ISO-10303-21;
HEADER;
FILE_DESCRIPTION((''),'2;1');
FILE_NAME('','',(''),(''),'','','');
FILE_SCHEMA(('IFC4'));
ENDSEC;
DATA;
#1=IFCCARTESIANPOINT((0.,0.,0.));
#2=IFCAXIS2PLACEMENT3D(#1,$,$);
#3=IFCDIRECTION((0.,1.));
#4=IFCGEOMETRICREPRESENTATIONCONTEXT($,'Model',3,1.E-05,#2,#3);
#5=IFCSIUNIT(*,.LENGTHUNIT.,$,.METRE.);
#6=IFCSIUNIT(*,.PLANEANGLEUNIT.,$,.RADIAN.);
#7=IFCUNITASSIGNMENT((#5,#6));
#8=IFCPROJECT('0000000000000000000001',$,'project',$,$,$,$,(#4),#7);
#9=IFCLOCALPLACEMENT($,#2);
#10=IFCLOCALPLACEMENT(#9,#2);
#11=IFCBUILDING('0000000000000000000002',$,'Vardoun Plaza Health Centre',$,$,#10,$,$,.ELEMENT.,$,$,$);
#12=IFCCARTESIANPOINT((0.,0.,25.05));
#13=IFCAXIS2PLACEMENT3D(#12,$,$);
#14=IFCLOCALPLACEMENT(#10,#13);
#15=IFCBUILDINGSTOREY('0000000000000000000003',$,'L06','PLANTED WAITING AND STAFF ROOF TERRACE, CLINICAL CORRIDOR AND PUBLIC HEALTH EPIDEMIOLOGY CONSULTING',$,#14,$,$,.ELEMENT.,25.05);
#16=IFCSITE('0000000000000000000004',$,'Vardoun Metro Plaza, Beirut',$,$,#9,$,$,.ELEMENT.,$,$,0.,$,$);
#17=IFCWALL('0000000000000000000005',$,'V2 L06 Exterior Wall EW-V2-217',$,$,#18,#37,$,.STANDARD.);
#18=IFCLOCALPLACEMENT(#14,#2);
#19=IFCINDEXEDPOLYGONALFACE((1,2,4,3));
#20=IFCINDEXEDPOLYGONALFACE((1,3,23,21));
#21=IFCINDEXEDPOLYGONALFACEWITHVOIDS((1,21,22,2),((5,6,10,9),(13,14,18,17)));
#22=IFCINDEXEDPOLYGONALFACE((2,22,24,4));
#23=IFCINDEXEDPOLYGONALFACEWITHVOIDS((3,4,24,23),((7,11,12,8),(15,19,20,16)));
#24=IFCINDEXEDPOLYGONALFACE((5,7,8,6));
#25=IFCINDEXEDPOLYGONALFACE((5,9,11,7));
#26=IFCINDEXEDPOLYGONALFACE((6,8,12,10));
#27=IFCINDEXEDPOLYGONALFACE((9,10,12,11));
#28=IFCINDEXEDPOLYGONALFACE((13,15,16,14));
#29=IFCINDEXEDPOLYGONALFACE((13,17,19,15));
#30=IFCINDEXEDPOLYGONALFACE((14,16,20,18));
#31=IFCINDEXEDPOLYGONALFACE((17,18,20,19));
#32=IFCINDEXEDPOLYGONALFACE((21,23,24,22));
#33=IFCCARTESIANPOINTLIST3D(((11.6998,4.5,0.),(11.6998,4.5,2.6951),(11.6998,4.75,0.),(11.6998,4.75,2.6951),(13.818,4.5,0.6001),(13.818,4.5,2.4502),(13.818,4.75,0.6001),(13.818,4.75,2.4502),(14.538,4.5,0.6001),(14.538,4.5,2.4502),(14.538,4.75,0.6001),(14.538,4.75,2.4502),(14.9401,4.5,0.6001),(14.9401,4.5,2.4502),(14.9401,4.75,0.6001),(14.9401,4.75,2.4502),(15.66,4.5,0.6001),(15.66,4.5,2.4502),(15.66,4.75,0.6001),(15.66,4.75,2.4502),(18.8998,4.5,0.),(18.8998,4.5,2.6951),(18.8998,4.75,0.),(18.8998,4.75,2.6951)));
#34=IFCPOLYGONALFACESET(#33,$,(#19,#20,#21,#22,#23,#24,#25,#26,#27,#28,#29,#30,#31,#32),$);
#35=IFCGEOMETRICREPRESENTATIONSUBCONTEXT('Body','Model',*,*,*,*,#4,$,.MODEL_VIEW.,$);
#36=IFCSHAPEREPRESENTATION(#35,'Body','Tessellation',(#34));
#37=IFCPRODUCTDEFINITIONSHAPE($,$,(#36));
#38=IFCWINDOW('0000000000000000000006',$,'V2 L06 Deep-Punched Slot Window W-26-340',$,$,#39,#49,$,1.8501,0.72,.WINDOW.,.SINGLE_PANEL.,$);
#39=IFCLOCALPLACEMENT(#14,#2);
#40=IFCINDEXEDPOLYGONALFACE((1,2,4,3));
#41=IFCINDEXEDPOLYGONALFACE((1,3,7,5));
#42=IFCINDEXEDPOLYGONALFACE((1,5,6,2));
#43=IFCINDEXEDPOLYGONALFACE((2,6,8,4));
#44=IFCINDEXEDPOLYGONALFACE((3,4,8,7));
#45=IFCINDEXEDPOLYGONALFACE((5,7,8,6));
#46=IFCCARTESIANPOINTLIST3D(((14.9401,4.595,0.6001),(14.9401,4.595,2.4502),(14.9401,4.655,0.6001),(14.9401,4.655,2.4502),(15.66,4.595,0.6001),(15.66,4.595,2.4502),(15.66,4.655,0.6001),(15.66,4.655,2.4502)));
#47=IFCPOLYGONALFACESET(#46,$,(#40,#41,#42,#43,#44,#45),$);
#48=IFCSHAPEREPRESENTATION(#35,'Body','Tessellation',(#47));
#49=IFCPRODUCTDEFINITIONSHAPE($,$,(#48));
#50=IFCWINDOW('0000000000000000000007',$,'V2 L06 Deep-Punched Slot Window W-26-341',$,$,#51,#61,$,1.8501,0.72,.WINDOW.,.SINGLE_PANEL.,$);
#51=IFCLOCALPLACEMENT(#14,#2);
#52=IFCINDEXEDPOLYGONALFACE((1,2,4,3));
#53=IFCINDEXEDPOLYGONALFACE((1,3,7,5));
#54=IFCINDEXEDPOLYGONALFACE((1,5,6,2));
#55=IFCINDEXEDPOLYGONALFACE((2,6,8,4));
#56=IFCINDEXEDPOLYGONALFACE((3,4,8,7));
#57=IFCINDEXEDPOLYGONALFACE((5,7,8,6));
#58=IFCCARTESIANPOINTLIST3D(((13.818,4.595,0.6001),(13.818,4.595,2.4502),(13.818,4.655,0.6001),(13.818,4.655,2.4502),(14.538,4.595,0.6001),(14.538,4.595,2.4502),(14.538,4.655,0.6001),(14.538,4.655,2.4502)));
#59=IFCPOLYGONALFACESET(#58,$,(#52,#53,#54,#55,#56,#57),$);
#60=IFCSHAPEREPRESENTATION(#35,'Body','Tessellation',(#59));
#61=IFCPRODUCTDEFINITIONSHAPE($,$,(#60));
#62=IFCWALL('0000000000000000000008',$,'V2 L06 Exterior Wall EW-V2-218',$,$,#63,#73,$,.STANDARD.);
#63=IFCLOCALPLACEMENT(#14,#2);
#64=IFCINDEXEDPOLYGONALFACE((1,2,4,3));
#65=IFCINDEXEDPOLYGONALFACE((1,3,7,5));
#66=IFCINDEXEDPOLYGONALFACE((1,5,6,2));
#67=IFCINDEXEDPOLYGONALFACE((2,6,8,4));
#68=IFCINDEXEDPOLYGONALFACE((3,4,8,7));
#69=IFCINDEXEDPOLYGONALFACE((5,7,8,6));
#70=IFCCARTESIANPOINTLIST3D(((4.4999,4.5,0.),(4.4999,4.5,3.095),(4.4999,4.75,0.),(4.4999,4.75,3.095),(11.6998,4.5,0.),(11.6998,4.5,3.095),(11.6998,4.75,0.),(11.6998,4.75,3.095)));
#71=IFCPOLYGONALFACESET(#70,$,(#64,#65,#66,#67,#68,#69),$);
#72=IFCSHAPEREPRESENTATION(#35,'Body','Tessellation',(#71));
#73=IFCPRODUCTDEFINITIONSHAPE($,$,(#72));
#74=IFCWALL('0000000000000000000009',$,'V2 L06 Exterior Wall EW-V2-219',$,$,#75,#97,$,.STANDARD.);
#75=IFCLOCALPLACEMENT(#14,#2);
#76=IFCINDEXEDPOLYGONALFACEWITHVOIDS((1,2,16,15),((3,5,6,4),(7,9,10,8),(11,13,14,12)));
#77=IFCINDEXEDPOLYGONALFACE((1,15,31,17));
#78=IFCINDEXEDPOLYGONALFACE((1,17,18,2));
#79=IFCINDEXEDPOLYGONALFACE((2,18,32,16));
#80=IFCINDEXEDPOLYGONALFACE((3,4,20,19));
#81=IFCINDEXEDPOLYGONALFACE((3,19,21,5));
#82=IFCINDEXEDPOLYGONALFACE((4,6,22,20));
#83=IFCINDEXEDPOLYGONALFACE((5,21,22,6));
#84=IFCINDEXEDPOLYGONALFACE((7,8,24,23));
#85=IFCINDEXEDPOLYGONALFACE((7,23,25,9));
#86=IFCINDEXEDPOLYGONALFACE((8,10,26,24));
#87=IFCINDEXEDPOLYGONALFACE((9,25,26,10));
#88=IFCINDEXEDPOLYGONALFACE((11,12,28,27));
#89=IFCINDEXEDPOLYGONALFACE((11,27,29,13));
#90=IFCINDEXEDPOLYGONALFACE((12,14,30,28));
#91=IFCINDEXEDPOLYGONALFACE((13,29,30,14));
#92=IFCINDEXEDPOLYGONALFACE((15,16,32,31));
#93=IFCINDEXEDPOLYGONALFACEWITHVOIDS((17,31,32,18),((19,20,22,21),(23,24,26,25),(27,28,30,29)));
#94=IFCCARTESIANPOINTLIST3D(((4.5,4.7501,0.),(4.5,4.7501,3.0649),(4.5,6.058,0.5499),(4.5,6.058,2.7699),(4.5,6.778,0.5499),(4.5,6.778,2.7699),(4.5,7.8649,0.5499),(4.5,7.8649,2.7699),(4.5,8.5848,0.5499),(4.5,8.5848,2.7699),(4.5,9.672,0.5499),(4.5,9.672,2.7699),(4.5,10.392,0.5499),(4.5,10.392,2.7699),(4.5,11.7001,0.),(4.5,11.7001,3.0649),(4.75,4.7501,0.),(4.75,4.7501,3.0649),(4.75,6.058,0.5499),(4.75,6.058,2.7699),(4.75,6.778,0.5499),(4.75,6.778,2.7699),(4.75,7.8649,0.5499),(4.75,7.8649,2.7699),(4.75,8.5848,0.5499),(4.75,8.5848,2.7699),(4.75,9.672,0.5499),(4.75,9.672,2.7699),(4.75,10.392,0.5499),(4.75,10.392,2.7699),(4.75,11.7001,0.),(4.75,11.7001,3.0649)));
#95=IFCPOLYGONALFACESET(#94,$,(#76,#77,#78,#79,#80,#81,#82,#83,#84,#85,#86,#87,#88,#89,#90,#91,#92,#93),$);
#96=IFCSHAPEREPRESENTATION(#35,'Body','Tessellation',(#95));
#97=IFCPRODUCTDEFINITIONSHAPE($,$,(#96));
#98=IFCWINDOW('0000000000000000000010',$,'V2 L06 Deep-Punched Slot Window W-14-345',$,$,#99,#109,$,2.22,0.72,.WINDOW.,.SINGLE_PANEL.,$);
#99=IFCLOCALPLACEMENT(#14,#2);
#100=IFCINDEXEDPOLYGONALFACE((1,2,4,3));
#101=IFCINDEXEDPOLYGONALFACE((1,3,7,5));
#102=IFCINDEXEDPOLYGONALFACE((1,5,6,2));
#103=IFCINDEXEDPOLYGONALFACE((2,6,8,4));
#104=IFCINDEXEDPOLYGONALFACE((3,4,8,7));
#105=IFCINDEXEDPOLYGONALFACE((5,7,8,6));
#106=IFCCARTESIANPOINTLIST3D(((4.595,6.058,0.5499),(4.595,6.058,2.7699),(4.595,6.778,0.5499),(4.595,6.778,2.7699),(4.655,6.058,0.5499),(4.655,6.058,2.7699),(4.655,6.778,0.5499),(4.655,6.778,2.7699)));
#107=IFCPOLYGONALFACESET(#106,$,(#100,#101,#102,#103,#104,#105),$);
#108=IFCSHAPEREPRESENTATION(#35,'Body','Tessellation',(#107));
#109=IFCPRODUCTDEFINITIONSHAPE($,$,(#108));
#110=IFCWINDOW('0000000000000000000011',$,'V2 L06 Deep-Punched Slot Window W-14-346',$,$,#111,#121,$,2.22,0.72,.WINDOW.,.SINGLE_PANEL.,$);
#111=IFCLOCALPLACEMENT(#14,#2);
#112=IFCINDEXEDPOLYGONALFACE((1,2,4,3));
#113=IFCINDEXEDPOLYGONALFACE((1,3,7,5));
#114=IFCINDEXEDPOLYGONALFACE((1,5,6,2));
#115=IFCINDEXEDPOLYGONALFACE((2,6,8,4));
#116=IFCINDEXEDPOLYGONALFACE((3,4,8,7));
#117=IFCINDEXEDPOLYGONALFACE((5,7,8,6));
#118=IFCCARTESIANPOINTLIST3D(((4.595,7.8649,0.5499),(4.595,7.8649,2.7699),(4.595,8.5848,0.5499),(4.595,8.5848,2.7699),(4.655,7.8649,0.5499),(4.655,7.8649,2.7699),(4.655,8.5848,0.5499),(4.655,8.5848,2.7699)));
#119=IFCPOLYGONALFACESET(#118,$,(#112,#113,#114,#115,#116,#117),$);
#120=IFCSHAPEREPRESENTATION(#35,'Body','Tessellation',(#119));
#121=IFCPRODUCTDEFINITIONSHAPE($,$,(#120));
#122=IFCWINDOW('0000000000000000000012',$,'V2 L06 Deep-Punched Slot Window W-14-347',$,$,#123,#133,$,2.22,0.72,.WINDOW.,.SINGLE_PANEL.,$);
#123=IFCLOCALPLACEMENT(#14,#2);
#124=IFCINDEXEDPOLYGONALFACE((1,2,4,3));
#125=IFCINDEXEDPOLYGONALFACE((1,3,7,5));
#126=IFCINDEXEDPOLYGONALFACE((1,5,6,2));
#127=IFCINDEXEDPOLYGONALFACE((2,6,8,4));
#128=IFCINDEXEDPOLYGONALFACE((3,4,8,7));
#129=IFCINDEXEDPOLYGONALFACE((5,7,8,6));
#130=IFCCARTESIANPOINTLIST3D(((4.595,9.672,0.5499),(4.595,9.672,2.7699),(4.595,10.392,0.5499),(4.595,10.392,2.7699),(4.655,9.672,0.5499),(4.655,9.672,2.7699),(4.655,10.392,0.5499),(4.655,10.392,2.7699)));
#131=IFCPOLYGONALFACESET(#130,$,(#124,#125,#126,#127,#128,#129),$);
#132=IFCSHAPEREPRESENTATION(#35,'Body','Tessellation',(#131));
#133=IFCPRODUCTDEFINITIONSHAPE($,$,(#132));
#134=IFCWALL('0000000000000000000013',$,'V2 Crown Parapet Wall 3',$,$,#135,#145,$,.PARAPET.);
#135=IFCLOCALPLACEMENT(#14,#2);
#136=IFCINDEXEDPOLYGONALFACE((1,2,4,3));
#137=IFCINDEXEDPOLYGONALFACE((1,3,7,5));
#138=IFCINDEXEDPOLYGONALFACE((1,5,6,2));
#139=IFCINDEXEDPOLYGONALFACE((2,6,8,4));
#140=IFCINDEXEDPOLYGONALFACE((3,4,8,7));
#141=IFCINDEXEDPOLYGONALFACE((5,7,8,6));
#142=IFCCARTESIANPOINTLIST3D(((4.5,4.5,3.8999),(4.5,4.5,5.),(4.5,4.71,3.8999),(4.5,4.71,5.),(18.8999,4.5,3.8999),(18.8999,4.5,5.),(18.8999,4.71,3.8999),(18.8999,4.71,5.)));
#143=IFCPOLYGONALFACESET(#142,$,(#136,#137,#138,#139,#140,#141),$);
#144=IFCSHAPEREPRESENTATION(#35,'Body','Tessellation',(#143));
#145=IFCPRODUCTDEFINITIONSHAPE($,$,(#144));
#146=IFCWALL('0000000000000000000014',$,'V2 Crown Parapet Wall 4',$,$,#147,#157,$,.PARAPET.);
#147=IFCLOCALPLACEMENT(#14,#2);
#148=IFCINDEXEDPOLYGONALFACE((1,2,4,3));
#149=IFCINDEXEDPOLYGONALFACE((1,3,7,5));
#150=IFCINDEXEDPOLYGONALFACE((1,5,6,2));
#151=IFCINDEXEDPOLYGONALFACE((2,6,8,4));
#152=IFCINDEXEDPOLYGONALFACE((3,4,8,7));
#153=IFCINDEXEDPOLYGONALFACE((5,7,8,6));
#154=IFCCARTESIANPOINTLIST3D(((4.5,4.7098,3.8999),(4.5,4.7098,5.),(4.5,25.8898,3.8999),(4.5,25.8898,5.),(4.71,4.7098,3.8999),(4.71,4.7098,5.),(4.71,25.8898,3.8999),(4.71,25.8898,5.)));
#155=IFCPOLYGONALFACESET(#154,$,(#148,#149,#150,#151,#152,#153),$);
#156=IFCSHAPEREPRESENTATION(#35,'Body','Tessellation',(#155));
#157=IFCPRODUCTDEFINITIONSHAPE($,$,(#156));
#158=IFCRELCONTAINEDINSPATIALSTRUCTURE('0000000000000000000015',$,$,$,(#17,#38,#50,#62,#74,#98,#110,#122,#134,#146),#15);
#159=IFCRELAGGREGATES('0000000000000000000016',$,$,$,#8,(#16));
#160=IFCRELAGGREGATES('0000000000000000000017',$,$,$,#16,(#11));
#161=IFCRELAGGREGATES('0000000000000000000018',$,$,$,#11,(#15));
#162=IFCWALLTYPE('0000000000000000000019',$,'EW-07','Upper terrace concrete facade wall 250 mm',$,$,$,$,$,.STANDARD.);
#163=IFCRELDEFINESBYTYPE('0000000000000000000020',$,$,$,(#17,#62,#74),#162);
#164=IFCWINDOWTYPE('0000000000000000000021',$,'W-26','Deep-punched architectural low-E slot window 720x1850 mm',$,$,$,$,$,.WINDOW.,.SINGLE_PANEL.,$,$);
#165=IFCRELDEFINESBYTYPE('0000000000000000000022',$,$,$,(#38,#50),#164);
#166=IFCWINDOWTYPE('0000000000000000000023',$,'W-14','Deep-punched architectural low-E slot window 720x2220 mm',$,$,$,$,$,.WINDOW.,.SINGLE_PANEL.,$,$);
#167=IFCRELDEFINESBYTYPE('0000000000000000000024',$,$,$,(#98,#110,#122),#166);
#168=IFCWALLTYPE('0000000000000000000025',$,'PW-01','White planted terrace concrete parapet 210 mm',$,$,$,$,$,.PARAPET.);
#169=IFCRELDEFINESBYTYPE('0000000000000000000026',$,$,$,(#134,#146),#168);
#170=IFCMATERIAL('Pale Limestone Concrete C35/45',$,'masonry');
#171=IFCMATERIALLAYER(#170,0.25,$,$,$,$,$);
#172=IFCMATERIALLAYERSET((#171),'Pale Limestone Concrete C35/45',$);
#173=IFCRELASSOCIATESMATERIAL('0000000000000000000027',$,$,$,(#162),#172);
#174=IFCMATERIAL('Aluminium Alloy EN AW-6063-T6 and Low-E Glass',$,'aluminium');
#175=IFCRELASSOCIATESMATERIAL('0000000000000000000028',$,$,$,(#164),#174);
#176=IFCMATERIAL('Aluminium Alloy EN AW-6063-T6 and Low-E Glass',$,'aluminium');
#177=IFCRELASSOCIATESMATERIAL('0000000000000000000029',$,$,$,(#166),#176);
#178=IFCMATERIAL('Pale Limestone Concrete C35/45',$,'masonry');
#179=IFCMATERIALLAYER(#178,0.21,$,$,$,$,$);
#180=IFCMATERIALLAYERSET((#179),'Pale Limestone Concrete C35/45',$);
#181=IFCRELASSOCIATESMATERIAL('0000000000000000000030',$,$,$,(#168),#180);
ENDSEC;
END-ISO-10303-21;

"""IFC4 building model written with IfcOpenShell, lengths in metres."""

from ifc_helpers import new_model, si_unit, direction, frame, frame_2d, origin, place, context, subcontext, project, spatial, rectangle, extrude, material, layer, layer_set, type_object, element, fill, save


model = new_model("IFC4")

# Units and contexts
model_context = context("Model", 3, precision=1e-05, world=origin(), true_north=direction((0.0, 1.0)))
body_context = subcontext(model_context, "Body", "Model", "MODEL_VIEW")
ifc_project = project(units=[si_unit("LENGTHUNIT", "METRE"), si_unit("PLANEANGLEUNIT", "RADIAN")], contexts=[model_context])

# Site, building, storey
site_placement = place(None, origin())
site = spatial("IfcSite", under=ifc_project, at=site_placement, Name="Vardoun Metro Plaza, Beirut", CompositionType="ELEMENT", RefElevation=0.0)
building_placement = place(site_placement, origin())
building = spatial("IfcBuilding", under=site, at=building_placement, Name="Vardoun Plaza Health Centre", CompositionType="ELEMENT")
storey_placement = place(building_placement, frame((0.0, 0.0, 25.05)))
storey = spatial("IfcBuildingStorey", under=building, at=storey_placement, Name="L06", Description="PLANTED WAITING AND STAFF ROOF TERRACE, CLINICAL CORRIDOR AND PUBLIC HEALTH EPIDEMIOLOGY CONSULTING", CompositionType="ELEMENT", Elevation=25.05)

# Wall, openings, windows
ifc_material_1 = material(Name="Pale Limestone Concrete C35/45", Category="masonry")
ifc_layer_1 = layer(ifc_material_1, 0.25)
ifc_layer_set_1 = layer_set([ifc_layer_1], Name="Pale Limestone Concrete C35/45")
wall_type_1 = type_object("IfcWallType", Name="EW-07", Description="Upper terrace concrete facade wall 250 mm", PredefinedType="STANDARD", material=ifc_layer_set_1)
wall_1_placement = place(storey_placement, frame((18.8999, 4.625, 0.0), z_axis=(0.0, 0.0, 1.0), x_axis=(-1.0, 0.0, 0.0)))
wall_1 = element("IfcWall", 1, at=wall_1_placement, inside=storey, type_object=wall_type_1, Name="V2 L06 Exterior Wall EW-V2-217", PredefinedType="STANDARD", context=body_context, shape_type="SweptSolid", body=[
    extrude(rectangle(XDim=7.2, YDim=0.25, at=frame_2d((3.6001, 0.0))), origin(), (0.0, 0.0, 1.0), 2.6951),
])
opening_1_placement = place(wall_1_placement, frame((3.24, 0.0, 0.6001)))
opening_1 = element("IfcOpeningElement", 2, at=opening_1_placement, cuts=wall_1, PredefinedType="OPENING", context=body_context, shape_type="SweptSolid", body=[
    extrude(rectangle(XDim=0.72, YDim=1.8501, at=frame_2d((0.3599, 0.925))), frame((0.0, 0.125, 0.0), z_axis=(0.0, -1.0, 0.0), x_axis=(1.0, 0.0, 0.0)), (0.0, 0.0, 1.0), 0.25),
])
opening_2_placement = place(wall_1_placement, frame((4.3621, 0.0, 0.6001)))
opening_2 = element("IfcOpeningElement", 3, at=opening_2_placement, cuts=wall_1, PredefinedType="OPENING", context=body_context, shape_type="SweptSolid", body=[
    extrude(rectangle(XDim=0.72, YDim=1.8501, at=frame_2d((0.3599, 0.925))), frame((0.0, 0.125, 0.0), z_axis=(0.0, -1.0, 0.0), x_axis=(1.0, 0.0, 0.0)), (0.0, 0.0, 1.0), 0.25),
])
ifc_material_2 = material(Name="Aluminium Alloy EN AW-6063-T6 and Low-E Glass", Category="aluminium")
window_type_1 = type_object("IfcWindowType", Name="W-26", Description="Deep-punched architectural low-E slot window 720x1850 mm", PartitioningType="SINGLE_PANEL", PredefinedType="WINDOW", material=ifc_material_2)
window_1_placement = place(opening_1_placement, origin())
window_1 = element("IfcWindow", 4, at=window_1_placement, inside=storey, type_object=window_type_1, Name="V2 L06 Deep-Punched Slot Window W-26-340", OverallHeight=1.8501, OverallWidth=0.72, PartitioningType="SINGLE_PANEL", PredefinedType="WINDOW", context=body_context, shape_type="SweptSolid", body=[
    extrude(rectangle(XDim=0.72, YDim=1.8501, at=frame_2d((0.3599, 0.925))), frame((0.0, 0.03, 0.0), z_axis=(0.0, -1.0, 0.0), x_axis=(1.0, 0.0, 0.0)), (0.0, 0.0, 1.0), 0.0601),
])
fill(opening_1, window_1)
window_2_placement = place(opening_2_placement, origin())
window_2 = element("IfcWindow", 5, at=window_2_placement, inside=storey, type_object=window_type_1, Name="V2 L06 Deep-Punched Slot Window W-26-341", OverallHeight=1.8501, OverallWidth=0.72, PartitioningType="SINGLE_PANEL", PredefinedType="WINDOW", context=body_context, shape_type="SweptSolid", body=[
    extrude(rectangle(XDim=0.72, YDim=1.8501, at=frame_2d((0.3599, 0.925))), frame((0.0, 0.03, 0.0), z_axis=(0.0, -1.0, 0.0), x_axis=(1.0, 0.0, 0.0)), (0.0, 0.0, 1.0), 0.0601),
])
fill(opening_2, window_2)

# Wall
wall_2_placement = place(storey_placement, frame((11.7, 4.625, 0.0), z_axis=(0.0, 0.0, 1.0), x_axis=(-1.0, 0.0, 0.0)))
element("IfcWall", 6, at=wall_2_placement, inside=storey, type_object=wall_type_1, Name="V2 L06 Exterior Wall EW-V2-218", PredefinedType="STANDARD", context=body_context, shape_type="SweptSolid", body=[
    extrude(rectangle(XDim=7.2, YDim=0.25, at=frame_2d((3.6001, 0.0))), origin(), (0.0, 0.0, 1.0), 3.095),
])

# Wall, openings, windows
wall_3_placement = place(storey_placement, frame((4.625, 4.75, 0.0), z_axis=(0.0, 0.0, 1.0), x_axis=(0.0, 1.0, 0.0)))
wall_3 = element("IfcWall", 7, at=wall_3_placement, inside=storey, type_object=wall_type_1, Name="V2 L06 Exterior Wall EW-V2-219", PredefinedType="STANDARD", context=body_context, shape_type="SweptSolid", body=[
    extrude(rectangle(XDim=6.95, YDim=0.25, at=frame_2d((3.4751, 0.0))), origin(), (0.0, 0.0, 1.0), 3.0649),
])
opening_3_placement = place(wall_3_placement, frame((1.3081, 0.0, 0.55)))
opening_3 = element("IfcOpeningElement", 8, at=opening_3_placement, cuts=wall_3, PredefinedType="OPENING", context=body_context, shape_type="SweptSolid", body=[
    extrude(rectangle(XDim=0.72, YDim=2.22, at=frame_2d((0.3599, 1.1099))), frame((0.0, 0.125, 0.0), z_axis=(0.0, -1.0, 0.0), x_axis=(1.0, 0.0, 0.0)), (0.0, 0.0, 1.0), 0.25),
])
opening_4_placement = place(wall_3_placement, frame((3.115, 0.0, 0.55)))
opening_4 = element("IfcOpeningElement", 9, at=opening_4_placement, cuts=wall_3, PredefinedType="OPENING", context=body_context, shape_type="SweptSolid", body=[
    extrude(rectangle(XDim=0.72, YDim=2.22, at=frame_2d((0.3599, 1.1099))), frame((0.0, 0.125, 0.0), z_axis=(0.0, -1.0, 0.0), x_axis=(1.0, 0.0, 0.0)), (0.0, 0.0, 1.0), 0.25),
])
opening_5_placement = place(wall_3_placement, frame((4.9221, 0.0, 0.55)))
opening_5 = element("IfcOpeningElement", 10, at=opening_5_placement, cuts=wall_3, PredefinedType="OPENING", context=body_context, shape_type="SweptSolid", body=[
    extrude(rectangle(XDim=0.72, YDim=2.22, at=frame_2d((0.3599, 1.1099))), frame((0.0, 0.125, 0.0), z_axis=(0.0, -1.0, 0.0), x_axis=(1.0, 0.0, 0.0)), (0.0, 0.0, 1.0), 0.25),
])
ifc_material_3 = material(Name="Aluminium Alloy EN AW-6063-T6 and Low-E Glass", Category="aluminium")
window_type_2 = type_object("IfcWindowType", Name="W-14", Description="Deep-punched architectural low-E slot window 720x2220 mm", PartitioningType="SINGLE_PANEL", PredefinedType="WINDOW", material=ifc_material_3)
window_3_placement = place(opening_3_placement, origin())
window_3 = element("IfcWindow", 11, at=window_3_placement, inside=storey, type_object=window_type_2, Name="V2 L06 Deep-Punched Slot Window W-14-345", OverallHeight=2.22, OverallWidth=0.72, PartitioningType="SINGLE_PANEL", PredefinedType="WINDOW", context=body_context, shape_type="SweptSolid", body=[
    extrude(rectangle(XDim=0.72, YDim=2.22, at=frame_2d((0.3599, 1.1099))), frame((0.0, 0.03, 0.0), z_axis=(0.0, -1.0, 0.0), x_axis=(1.0, 0.0, 0.0)), (0.0, 0.0, 1.0), 0.0601),
])
fill(opening_3, window_3)
window_4_placement = place(opening_4_placement, origin())
window_4 = element("IfcWindow", 12, at=window_4_placement, inside=storey, type_object=window_type_2, Name="V2 L06 Deep-Punched Slot Window W-14-346", OverallHeight=2.22, OverallWidth=0.72, PartitioningType="SINGLE_PANEL", PredefinedType="WINDOW", context=body_context, shape_type="SweptSolid", body=[
    extrude(rectangle(XDim=0.72, YDim=2.22, at=frame_2d((0.3599, 1.1099))), frame((0.0, 0.03, 0.0), z_axis=(0.0, -1.0, 0.0), x_axis=(1.0, 0.0, 0.0)), (0.0, 0.0, 1.0), 0.0601),
])
fill(opening_4, window_4)
window_5_placement = place(opening_5_placement, origin())
window_5 = element("IfcWindow", 13, at=window_5_placement, inside=storey, type_object=window_type_2, Name="V2 L06 Deep-Punched Slot Window W-14-347", OverallHeight=2.22, OverallWidth=0.72, PartitioningType="SINGLE_PANEL", PredefinedType="WINDOW", context=body_context, shape_type="SweptSolid", body=[
    extrude(rectangle(XDim=0.72, YDim=2.22, at=frame_2d((0.3599, 1.1099))), frame((0.0, 0.03, 0.0), z_axis=(0.0, -1.0, 0.0), x_axis=(1.0, 0.0, 0.0)), (0.0, 0.0, 1.0), 0.0601),
])
fill(opening_5, window_5)

# Walls
ifc_material_4 = material(Name="Pale Limestone Concrete C35/45", Category="masonry")
ifc_layer_2 = layer(ifc_material_4, 0.21)
ifc_layer_set_2 = layer_set([ifc_layer_2], Name="Pale Limestone Concrete C35/45")
wall_type_2 = type_object("IfcWallType", Name="PW-01", Description="White planted terrace concrete parapet 210 mm", PredefinedType="PARAPET", material=ifc_layer_set_2)
wall_4_placement = place(storey_placement, frame((18.8999, 4.605, 3.8999), z_axis=(0.0, 0.0, 1.0), x_axis=(-1.0, 0.0, 0.0)))
element("IfcWall", 14, at=wall_4_placement, inside=storey, type_object=wall_type_2, Name="V2 Crown Parapet Wall 3", PredefinedType="PARAPET", context=body_context, shape_type="SweptSolid", body=[
    extrude(rectangle(XDim=14.3999, YDim=0.21, at=frame_2d((7.2, 0.0))), origin(), (0.0, 0.0, 1.0), 1.1001),
])
wall_5_placement = place(storey_placement, frame((4.605, 4.71, 3.8999), z_axis=(0.0, 0.0, 1.0), x_axis=(0.0, 1.0, 0.0)))
element("IfcWall", 15, at=wall_5_placement, inside=storey, type_object=wall_type_2, Name="V2 Crown Parapet Wall 4", PredefinedType="PARAPET", context=body_context, shape_type="SweptSolid", body=[
    extrude(rectangle(XDim=21.1799, YDim=0.21, at=frame_2d((10.5898, 0.0))), origin(), (0.0, 0.0, 1.0), 1.1001),
])

save(model, "model.ifc")
